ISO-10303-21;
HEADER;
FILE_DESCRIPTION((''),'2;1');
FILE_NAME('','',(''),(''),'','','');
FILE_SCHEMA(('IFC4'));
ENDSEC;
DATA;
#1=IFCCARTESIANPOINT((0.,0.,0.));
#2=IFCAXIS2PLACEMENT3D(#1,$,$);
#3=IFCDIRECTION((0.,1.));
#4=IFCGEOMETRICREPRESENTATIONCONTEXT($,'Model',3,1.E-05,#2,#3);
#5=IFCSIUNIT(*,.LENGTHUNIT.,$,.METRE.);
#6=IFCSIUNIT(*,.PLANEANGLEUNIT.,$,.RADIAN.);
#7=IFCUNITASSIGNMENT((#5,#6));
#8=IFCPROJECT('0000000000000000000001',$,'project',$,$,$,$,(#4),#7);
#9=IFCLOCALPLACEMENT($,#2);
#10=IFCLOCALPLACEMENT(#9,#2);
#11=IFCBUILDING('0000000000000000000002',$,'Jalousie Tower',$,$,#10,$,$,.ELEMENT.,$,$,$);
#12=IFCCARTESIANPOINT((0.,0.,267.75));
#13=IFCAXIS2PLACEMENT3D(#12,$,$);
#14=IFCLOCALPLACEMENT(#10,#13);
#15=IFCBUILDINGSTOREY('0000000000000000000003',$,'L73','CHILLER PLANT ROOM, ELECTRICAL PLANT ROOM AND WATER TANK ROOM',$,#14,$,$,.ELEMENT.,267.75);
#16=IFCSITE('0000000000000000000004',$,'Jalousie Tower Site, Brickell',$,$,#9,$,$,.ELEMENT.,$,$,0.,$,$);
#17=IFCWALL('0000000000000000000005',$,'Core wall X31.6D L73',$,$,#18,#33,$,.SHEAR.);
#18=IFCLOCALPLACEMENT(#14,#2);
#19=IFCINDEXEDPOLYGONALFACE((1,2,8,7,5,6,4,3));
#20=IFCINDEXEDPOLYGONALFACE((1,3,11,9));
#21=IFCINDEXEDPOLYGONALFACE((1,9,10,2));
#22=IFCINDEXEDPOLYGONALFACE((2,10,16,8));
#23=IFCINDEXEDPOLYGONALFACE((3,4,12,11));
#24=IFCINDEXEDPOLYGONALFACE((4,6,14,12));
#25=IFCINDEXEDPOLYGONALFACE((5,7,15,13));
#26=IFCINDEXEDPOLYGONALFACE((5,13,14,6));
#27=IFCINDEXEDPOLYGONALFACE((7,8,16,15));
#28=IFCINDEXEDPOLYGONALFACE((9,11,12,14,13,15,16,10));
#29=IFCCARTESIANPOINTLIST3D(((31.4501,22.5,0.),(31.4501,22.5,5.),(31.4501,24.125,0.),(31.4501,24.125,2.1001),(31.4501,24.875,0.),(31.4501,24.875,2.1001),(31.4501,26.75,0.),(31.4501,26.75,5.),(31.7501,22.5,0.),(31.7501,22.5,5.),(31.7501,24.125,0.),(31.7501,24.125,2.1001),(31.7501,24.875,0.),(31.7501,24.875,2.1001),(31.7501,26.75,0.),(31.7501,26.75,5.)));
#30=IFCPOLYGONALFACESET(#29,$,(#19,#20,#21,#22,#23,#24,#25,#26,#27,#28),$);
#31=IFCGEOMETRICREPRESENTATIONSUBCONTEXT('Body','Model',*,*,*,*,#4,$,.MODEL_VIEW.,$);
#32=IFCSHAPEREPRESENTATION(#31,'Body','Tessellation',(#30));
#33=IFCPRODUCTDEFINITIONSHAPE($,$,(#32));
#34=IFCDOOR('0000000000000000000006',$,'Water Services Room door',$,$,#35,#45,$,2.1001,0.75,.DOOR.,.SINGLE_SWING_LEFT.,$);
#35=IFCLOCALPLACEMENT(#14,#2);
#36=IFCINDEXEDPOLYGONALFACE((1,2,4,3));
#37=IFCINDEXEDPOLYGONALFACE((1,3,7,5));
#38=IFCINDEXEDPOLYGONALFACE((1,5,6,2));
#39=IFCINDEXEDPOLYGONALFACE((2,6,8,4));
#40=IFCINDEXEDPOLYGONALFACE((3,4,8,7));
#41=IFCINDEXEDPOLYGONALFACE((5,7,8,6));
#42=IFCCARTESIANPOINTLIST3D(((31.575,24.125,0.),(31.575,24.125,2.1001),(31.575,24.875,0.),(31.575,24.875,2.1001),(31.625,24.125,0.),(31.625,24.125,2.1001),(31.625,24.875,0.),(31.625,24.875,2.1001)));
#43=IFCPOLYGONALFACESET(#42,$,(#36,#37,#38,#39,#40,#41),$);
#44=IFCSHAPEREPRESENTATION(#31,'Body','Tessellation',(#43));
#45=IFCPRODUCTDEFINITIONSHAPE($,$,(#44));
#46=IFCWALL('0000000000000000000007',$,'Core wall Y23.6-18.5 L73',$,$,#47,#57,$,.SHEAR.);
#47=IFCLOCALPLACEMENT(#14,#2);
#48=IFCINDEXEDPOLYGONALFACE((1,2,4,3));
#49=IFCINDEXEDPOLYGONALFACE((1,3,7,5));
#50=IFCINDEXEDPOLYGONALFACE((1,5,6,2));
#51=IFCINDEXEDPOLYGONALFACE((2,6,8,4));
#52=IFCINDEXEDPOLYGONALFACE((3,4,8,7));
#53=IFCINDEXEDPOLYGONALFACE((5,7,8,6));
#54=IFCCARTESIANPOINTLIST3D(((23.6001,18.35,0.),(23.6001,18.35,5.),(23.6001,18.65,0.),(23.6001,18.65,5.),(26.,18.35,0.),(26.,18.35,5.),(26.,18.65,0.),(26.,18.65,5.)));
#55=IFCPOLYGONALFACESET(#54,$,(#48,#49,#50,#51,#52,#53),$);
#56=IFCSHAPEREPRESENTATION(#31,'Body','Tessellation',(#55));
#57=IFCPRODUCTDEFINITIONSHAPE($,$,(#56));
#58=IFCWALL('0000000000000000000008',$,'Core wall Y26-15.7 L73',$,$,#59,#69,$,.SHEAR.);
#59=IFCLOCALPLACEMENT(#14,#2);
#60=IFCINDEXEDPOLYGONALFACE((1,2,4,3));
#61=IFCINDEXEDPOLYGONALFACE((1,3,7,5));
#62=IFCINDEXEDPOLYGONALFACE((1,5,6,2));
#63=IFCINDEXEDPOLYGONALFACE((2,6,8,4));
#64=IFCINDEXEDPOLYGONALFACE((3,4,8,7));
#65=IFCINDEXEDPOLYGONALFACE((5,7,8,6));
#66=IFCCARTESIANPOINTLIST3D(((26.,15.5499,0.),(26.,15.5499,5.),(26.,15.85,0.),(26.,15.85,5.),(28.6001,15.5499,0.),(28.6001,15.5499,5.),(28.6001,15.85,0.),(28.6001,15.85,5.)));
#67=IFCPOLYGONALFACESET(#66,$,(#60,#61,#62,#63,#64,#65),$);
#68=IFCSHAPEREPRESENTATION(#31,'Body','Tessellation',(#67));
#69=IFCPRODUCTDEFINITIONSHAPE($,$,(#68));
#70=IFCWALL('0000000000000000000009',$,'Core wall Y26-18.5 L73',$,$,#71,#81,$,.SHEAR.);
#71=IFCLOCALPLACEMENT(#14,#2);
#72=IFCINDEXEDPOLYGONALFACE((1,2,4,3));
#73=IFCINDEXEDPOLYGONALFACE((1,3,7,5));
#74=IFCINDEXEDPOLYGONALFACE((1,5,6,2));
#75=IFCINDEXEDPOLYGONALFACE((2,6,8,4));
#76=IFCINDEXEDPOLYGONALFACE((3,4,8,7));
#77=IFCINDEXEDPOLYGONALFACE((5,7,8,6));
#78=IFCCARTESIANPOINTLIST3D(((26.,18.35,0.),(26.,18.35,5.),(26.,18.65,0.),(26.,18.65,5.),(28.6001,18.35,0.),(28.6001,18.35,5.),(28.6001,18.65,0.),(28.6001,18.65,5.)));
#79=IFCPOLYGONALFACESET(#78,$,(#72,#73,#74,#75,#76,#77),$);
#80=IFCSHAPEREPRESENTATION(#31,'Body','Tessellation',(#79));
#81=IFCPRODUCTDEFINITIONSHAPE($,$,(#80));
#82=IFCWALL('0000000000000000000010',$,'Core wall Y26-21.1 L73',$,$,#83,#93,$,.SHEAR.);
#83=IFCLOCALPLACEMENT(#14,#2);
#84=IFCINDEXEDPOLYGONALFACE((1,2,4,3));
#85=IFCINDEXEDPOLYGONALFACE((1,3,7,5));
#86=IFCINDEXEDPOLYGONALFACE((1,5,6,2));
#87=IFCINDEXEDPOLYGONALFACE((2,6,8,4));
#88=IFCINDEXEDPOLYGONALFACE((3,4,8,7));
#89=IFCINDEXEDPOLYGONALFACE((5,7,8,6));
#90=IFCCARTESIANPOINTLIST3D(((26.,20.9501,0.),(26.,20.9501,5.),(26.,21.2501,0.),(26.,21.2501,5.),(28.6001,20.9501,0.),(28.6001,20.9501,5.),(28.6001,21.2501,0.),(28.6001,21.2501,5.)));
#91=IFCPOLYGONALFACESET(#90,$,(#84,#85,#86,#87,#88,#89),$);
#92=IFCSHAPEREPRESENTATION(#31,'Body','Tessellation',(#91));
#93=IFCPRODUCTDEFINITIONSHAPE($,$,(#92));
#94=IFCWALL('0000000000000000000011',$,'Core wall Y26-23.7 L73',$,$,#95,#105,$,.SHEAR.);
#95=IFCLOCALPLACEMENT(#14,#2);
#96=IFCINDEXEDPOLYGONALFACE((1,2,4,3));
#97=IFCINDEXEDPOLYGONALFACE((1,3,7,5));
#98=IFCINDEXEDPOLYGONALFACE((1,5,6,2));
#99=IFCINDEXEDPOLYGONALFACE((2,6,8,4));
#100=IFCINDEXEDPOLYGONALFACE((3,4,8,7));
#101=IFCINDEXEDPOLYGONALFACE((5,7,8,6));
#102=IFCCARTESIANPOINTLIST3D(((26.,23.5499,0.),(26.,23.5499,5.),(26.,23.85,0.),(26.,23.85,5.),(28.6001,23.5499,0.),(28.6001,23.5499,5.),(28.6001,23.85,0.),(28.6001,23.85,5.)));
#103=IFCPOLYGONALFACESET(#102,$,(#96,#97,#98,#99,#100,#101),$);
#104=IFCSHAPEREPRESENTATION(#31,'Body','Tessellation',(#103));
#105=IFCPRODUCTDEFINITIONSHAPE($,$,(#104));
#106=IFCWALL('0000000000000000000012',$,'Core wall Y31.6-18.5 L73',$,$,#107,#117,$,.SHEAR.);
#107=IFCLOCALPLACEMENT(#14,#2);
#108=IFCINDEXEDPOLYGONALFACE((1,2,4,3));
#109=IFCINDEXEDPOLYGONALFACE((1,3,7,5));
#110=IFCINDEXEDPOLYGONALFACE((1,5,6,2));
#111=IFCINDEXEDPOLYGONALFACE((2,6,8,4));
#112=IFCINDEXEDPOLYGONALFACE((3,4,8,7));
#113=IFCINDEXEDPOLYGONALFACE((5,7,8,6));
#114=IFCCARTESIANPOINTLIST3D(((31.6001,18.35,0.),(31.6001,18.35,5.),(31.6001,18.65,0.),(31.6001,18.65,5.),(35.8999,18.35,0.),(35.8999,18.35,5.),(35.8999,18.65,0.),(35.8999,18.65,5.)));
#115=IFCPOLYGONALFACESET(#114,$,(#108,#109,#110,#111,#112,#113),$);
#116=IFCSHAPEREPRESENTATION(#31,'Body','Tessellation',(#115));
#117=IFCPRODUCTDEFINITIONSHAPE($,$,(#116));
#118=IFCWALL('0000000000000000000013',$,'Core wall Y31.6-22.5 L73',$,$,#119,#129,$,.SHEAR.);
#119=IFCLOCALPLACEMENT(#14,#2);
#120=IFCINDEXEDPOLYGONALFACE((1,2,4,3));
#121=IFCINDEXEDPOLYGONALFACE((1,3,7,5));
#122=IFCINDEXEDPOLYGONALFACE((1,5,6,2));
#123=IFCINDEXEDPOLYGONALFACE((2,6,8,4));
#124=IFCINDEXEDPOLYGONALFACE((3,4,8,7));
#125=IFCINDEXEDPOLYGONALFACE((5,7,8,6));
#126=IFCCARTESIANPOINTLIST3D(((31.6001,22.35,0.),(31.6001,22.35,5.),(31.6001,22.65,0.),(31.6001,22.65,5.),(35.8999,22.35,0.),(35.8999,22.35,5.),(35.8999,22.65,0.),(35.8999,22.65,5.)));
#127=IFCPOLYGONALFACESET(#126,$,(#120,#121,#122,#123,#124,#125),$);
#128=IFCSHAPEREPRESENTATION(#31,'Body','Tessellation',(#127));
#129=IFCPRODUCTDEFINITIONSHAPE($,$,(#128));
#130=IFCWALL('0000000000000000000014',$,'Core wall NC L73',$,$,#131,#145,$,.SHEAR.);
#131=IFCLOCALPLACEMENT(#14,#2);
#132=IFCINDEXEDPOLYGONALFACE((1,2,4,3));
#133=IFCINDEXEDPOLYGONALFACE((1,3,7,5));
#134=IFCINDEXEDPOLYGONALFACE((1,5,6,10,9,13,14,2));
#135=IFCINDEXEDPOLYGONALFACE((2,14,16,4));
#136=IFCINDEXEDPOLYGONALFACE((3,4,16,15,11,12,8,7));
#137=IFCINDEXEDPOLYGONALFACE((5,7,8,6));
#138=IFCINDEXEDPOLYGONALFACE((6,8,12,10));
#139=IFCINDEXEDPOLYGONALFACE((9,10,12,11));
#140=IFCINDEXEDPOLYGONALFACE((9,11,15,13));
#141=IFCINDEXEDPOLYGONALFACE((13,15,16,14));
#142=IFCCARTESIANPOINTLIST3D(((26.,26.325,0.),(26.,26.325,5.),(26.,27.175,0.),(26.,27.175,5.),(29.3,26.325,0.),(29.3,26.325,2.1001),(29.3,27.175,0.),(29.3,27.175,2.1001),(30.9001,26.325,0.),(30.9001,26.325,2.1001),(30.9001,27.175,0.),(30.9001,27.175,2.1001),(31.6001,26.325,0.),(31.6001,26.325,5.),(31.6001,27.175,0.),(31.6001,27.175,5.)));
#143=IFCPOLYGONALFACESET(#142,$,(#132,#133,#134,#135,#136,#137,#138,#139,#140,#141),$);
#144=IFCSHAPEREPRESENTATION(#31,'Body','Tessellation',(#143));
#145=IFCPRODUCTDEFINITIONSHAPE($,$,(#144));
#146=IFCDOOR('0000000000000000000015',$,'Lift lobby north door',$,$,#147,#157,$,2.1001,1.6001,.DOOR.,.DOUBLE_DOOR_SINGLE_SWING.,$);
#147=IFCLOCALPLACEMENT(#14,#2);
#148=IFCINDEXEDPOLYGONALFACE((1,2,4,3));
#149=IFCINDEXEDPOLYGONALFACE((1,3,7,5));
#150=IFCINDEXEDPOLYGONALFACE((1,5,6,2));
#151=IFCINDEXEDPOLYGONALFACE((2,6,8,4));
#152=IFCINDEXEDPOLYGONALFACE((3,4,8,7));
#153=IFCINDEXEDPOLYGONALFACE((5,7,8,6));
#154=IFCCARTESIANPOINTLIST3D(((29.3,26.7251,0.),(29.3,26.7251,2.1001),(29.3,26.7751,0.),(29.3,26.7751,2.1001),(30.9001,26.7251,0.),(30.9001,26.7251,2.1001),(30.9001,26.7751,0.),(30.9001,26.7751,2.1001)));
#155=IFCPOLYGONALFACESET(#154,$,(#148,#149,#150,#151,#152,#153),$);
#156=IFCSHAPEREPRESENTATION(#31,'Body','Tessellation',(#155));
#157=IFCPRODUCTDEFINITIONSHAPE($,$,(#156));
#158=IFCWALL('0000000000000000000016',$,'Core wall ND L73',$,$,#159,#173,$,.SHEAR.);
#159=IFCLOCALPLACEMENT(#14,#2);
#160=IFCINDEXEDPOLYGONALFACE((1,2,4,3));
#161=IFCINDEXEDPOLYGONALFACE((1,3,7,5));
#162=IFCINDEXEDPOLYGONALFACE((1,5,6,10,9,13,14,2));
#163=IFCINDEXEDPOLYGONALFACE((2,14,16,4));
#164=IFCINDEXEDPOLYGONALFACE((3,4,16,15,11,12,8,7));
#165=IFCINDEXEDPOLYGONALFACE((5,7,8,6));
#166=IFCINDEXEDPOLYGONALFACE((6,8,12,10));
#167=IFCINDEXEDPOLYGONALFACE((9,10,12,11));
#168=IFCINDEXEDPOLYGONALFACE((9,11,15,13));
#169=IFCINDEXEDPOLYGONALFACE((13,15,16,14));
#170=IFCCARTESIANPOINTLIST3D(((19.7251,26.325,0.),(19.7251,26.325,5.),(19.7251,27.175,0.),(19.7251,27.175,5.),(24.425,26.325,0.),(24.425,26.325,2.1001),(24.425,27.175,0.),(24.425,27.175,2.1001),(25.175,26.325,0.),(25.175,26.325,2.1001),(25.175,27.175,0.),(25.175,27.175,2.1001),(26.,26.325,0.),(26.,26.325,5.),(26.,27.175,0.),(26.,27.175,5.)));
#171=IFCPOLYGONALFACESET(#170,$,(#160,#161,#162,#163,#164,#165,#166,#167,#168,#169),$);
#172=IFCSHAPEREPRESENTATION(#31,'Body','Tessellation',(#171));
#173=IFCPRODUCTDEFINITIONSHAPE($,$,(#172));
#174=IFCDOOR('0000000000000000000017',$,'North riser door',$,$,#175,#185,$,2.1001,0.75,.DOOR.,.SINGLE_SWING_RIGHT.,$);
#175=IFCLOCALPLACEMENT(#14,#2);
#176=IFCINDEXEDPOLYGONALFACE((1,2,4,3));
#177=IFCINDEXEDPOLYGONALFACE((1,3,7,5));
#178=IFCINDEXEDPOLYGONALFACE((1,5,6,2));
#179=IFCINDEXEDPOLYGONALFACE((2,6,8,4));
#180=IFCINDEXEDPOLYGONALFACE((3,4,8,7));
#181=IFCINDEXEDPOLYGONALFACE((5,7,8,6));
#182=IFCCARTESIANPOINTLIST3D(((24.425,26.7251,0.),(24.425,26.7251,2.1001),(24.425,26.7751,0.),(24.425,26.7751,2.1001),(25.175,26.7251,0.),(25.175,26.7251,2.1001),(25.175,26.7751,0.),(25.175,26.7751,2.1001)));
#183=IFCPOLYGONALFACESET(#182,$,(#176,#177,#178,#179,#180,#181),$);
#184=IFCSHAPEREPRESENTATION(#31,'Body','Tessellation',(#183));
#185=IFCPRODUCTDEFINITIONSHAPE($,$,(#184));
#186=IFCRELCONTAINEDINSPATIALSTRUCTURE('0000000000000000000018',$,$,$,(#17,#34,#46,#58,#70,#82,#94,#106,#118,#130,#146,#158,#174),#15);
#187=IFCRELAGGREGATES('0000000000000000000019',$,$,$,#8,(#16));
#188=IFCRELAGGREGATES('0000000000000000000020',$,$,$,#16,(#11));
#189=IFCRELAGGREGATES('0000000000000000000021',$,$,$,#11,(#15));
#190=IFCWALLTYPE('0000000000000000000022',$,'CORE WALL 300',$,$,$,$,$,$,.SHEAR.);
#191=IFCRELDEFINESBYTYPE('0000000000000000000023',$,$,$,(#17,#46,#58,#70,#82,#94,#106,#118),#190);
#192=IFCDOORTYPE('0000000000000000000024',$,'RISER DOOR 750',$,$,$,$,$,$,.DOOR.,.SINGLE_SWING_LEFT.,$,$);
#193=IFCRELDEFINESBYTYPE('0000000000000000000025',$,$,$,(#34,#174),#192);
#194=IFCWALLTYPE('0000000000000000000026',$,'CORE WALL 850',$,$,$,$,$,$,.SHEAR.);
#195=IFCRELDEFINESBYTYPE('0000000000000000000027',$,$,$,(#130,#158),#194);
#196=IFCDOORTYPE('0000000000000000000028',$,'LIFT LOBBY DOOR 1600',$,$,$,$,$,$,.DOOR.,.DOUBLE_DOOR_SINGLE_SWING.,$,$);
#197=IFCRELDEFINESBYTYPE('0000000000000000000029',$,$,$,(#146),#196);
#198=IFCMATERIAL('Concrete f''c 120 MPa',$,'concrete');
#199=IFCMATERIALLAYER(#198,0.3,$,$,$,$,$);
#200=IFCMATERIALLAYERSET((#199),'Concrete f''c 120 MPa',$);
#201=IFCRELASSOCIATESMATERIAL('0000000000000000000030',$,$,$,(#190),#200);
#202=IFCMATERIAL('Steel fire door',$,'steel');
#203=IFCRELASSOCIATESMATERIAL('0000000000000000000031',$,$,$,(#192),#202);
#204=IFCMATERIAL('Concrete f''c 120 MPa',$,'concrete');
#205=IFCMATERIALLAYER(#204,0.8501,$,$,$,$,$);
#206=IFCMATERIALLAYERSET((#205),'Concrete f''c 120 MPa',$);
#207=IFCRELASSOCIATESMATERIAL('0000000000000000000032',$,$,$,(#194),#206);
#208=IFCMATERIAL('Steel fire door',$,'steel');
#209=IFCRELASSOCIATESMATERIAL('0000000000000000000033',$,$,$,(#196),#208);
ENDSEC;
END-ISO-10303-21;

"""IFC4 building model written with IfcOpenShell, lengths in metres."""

from ifc_helpers import new_model, si_unit, direction, frame, frame_2d, origin, place, context, subcontext, project, spatial, rectangle, extrude, material, layer, layer_set, type_object, element, fill, save


model = new_model("IFC4")

# Units and contexts
model_context = context("Model", 3, precision=1e-05, world=origin(), true_north=direction((0.0, 1.0)))
body_context = subcontext(model_context, "Body", "Model", "MODEL_VIEW")
ifc_project = project(units=[si_unit("LENGTHUNIT", "METRE"), si_unit("PLANEANGLEUNIT", "RADIAN")], contexts=[model_context])

# Site, building, storey
site_placement = place(None, origin())
site = spatial("IfcSite", under=ifc_project, at=site_placement, Name="Jalousie Tower Site, Brickell", CompositionType="ELEMENT", RefElevation=0.0)
building_placement = place(site_placement, origin())
building = spatial("IfcBuilding", under=site, at=building_placement, Name="Jalousie Tower", CompositionType="ELEMENT")
storey_placement = place(building_placement, frame((0.0, 0.0, 267.75)))
storey = spatial("IfcBuildingStorey", under=building, at=storey_placement, Name="L73", Description="CHILLER PLANT ROOM, ELECTRICAL PLANT ROOM AND WATER TANK ROOM", CompositionType="ELEMENT", Elevation=267.75)

# Shared definitions
ifc_material_1 = material(Name="Concrete f'c 120 MPa", Category="concrete")
ifc_layer_1 = layer(ifc_material_1, 0.3)
ifc_layer_set_1 = layer_set([ifc_layer_1], Name="Concrete f'c 120 MPa")
wall_type_1 = type_object("IfcWallType", Name="CORE WALL 300", PredefinedType="SHEAR", material=ifc_layer_set_1)

# Wall, opening, door
ifc_material_2 = material(Name="Steel fire door", Category="steel")
door_type_1 = type_object("IfcDoorType", Name="RISER DOOR 750", OperationType="SINGLE_SWING_LEFT", PredefinedType="DOOR", material=ifc_material_2)
wall_1_placement = place(storey_placement, frame((31.6001, 22.5, 0.0), z_axis=(0.0, 0.0, 1.0), x_axis=(0.0, 1.0, 0.0)))
wall_1 = element("IfcWall", 1, at=wall_1_placement, inside=storey, type_object=wall_type_1, Name="Core wall X31.6D L73", PredefinedType="SHEAR", context=body_context, shape_type="SweptSolid", body=[
    extrude(rectangle(XDim=4.25, YDim=0.3, at=frame_2d((2.125, 0.0))), origin(), (0.0, 0.0, 1.0), 5.0),
])
opening_1_placement = place(wall_1_placement, frame((1.625, 0.0, 0.0)))
opening_1 = element("IfcOpeningElement", 2, at=opening_1_placement, cuts=wall_1, PredefinedType="OPENING", context=body_context, shape_type="SweptSolid", body=[
    extrude(rectangle(XDim=0.75, YDim=2.1001, at=frame_2d((0.375, 1.05))), frame((0.0, 0.1599, 0.0), z_axis=(0.0, -1.0, 0.0), x_axis=(1.0, 0.0, 0.0)), (0.0, 0.0, 1.0), 0.3201),
])
door_1_placement = place(opening_1_placement, frame((0.75, 0.0, 0.0), z_axis=(0.0, 0.0, 1.0), x_axis=(-1.0, 0.0, 0.0)))
door_1 = element("IfcDoor", 3, at=door_1_placement, inside=storey, type_object=door_type_1, Name="Water Services Room door", OperationType="SINGLE_SWING_LEFT", OverallHeight=2.1001, OverallWidth=0.75, PredefinedType="DOOR", context=body_context, shape_type="SweptSolid", body=[
    extrude(rectangle(XDim=0.75, YDim=2.1001, at=frame_2d((0.375, 1.05))), frame((0.0, 0.0249, 0.0), z_axis=(0.0, -1.0, 0.0), x_axis=(1.0, 0.0, 0.0)), (0.0, 0.0, 1.0), 0.05),
])
fill(opening_1, door_1)

# Walls
wall_2_placement = place(storey_placement, frame((23.6001, 18.5, 0.0), z_axis=(0.0, 0.0, 1.0), x_axis=(1.0, 0.0, 0.0)))
element("IfcWall", 4, at=wall_2_placement, inside=storey, type_object=wall_type_1, Name="Core wall Y23.6-18.5 L73", PredefinedType="SHEAR", context=body_context, shape_type="SweptSolid", body=[
    extrude(rectangle(XDim=2.3999, YDim=0.3, at=frame_2d((1.2, 0.0))), origin(), (0.0, 0.0, 1.0), 5.0),
])
for number, where, z_axis, x_axis, name in (
    (5, (26.0, 15.7, 0.0), (0.0, 0.0, 1.0), (1.0, 0.0, 0.0), "Core wall Y26-15.7 L73"),
    (6, (26.0, 18.5, 0.0), (0.0, 0.0, 1.0), (1.0, 0.0, 0.0), "Core wall Y26-18.5 L73"),
    (7, (26.0, 21.1001, 0.0), (0.0, 0.0, 1.0), (1.0, 0.0, 0.0), "Core wall Y26-21.1 L73"),
    (8, (26.0, 23.7, 0.0), (0.0, 0.0, 1.0), (1.0, 0.0, 0.0), "Core wall Y26-23.7 L73"),
):
    element("IfcWall", number, at=place(storey_placement, frame(where, z_axis=z_axis, x_axis=x_axis)), inside=storey, type_object=wall_type_1, Name=name, PredefinedType="SHEAR", context=body_context, shape_type="SweptSolid", body=[
        extrude(rectangle(XDim=2.6001, YDim=0.3, at=frame_2d((1.3, 0.0))), origin(), (0.0, 0.0, 1.0), 5.0),
    ])
for number, where, z_axis, x_axis, name in (
    (9, (31.6001, 18.5, 0.0), (0.0, 0.0, 1.0), (1.0, 0.0, 0.0), "Core wall Y31.6-18.5 L73"),
    (10, (31.6001, 22.5, 0.0), (0.0, 0.0, 1.0), (1.0, 0.0, 0.0), "Core wall Y31.6-22.5 L73"),
):
    element("IfcWall", number, at=place(storey_placement, frame(where, z_axis=z_axis, x_axis=x_axis)), inside=storey, type_object=wall_type_1, Name=name, PredefinedType="SHEAR", context=body_context, shape_type="SweptSolid", body=[
        extrude(rectangle(XDim=4.2998, YDim=0.3, at=frame_2d((2.1499, 0.0))), origin(), (0.0, 0.0, 1.0), 5.0),
    ])

# Walls, openings, doors
ifc_material_3 = material(Name="Concrete f'c 120 MPa", Category="concrete")
ifc_layer_2 = layer(ifc_material_3, 0.8501)
ifc_layer_set_2 = layer_set([ifc_layer_2], Name="Concrete f'c 120 MPa")
wall_type_2 = type_object("IfcWallType", Name="CORE WALL 850", PredefinedType="SHEAR", material=ifc_layer_set_2)
wall_3_placement = place(storey_placement, frame((31.6001, 26.75, 0.0), z_axis=(0.0, 0.0, 1.0), x_axis=(-1.0, 0.0, 0.0)))
wall_3 = element("IfcWall", 11, at=wall_3_placement, inside=storey, type_object=wall_type_2, Name="Core wall NC L73", PredefinedType="SHEAR", context=body_context, shape_type="SweptSolid", body=[
    extrude(rectangle(XDim=5.6001, YDim=0.8501, at=frame_2d((2.8, 0.0))), origin(), (0.0, 0.0, 1.0), 5.0),
])
opening_2_placement = place(wall_3_placement, frame((0.7, 0.0, 0.0)))
opening_2 = element("IfcOpeningElement", 12, at=opening_2_placement, cuts=wall_3, PredefinedType="OPENING", context=body_context, shape_type="SweptSolid", body=[
    extrude(rectangle(XDim=1.6001, YDim=2.1001, at=frame_2d((0.8, 1.05))), frame((0.0, 0.4351, 0.0), z_axis=(0.0, -1.0, 0.0), x_axis=(1.0, 0.0, 0.0)), (0.0, 0.0, 1.0), 0.8701),
])
ifc_material_4 = material(Name="Steel fire door", Category="steel")
door_type_2 = type_object("IfcDoorType", Name="LIFT LOBBY DOOR 1600", OperationType="DOUBLE_DOOR_SINGLE_SWING", PredefinedType="DOOR", material=ifc_material_4)
door_2_placement = place(opening_2_placement, origin())
door_2 = element("IfcDoor", 13, at=door_2_placement, inside=storey, type_object=door_type_2, Name="Lift lobby north door", OperationType="DOUBLE_DOOR_SINGLE_SWING", OverallHeight=2.1001, OverallWidth=1.6001, PredefinedType="DOOR", context=body_context, shape_type="SweptSolid", body=[
    extrude(rectangle(XDim=1.6001, YDim=2.1001, at=frame_2d((0.8, 1.05))), frame((0.0, 0.0249, 0.0), z_axis=(0.0, -1.0, 0.0), x_axis=(1.0, 0.0, 0.0)), (0.0, 0.0, 1.0), 0.05),
])
fill(opening_2, door_2)
wall_4_placement = place(storey_placement, frame((26.0, 26.75, 0.0), z_axis=(0.0, 0.0, 1.0), x_axis=(-1.0, 0.0, 0.0)))
wall_4 = element("IfcWall", 14, at=wall_4_placement, inside=storey, type_object=wall_type_2, Name="Core wall ND L73", PredefinedType="SHEAR", context=body_context, shape_type="SweptSolid", body=[
    extrude(rectangle(XDim=6.2749, YDim=0.8501, at=frame_2d((3.1375, 0.0))), origin(), (0.0, 0.0, 1.0), 5.0),
])
opening_3_placement = place(wall_4_placement, frame((0.825, 0.0, 0.0)))
opening_3 = element("IfcOpeningElement", 15, at=opening_3_placement, cuts=wall_4, PredefinedType="OPENING", context=body_context, shape_type="SweptSolid", body=[
    extrude(rectangle(XDim=0.75, YDim=2.1001, at=frame_2d((0.375, 1.05))), frame((0.0, 0.4351, 0.0), z_axis=(0.0, -1.0, 0.0), x_axis=(1.0, 0.0, 0.0)), (0.0, 0.0, 1.0), 0.8701),
])
door_3_placement = place(opening_3_placement, origin())
door_3 = element("IfcDoor", 16, at=door_3_placement, inside=storey, type_object=door_type_1, Name="North riser door", OperationType="SINGLE_SWING_RIGHT", OverallHeight=2.1001, OverallWidth=0.75, PredefinedType="DOOR", context=body_context, shape_type="SweptSolid", body=[
    extrude(rectangle(XDim=0.75, YDim=2.1001, at=frame_2d((0.375, 1.05))), frame((0.0, 0.0249, 0.0), z_axis=(0.0, -1.0, 0.0), x_axis=(1.0, 0.0, 0.0)), (0.0, 0.0, 1.0), 0.05),
])
fill(opening_3, door_3)

save(model, "model.ifc")
